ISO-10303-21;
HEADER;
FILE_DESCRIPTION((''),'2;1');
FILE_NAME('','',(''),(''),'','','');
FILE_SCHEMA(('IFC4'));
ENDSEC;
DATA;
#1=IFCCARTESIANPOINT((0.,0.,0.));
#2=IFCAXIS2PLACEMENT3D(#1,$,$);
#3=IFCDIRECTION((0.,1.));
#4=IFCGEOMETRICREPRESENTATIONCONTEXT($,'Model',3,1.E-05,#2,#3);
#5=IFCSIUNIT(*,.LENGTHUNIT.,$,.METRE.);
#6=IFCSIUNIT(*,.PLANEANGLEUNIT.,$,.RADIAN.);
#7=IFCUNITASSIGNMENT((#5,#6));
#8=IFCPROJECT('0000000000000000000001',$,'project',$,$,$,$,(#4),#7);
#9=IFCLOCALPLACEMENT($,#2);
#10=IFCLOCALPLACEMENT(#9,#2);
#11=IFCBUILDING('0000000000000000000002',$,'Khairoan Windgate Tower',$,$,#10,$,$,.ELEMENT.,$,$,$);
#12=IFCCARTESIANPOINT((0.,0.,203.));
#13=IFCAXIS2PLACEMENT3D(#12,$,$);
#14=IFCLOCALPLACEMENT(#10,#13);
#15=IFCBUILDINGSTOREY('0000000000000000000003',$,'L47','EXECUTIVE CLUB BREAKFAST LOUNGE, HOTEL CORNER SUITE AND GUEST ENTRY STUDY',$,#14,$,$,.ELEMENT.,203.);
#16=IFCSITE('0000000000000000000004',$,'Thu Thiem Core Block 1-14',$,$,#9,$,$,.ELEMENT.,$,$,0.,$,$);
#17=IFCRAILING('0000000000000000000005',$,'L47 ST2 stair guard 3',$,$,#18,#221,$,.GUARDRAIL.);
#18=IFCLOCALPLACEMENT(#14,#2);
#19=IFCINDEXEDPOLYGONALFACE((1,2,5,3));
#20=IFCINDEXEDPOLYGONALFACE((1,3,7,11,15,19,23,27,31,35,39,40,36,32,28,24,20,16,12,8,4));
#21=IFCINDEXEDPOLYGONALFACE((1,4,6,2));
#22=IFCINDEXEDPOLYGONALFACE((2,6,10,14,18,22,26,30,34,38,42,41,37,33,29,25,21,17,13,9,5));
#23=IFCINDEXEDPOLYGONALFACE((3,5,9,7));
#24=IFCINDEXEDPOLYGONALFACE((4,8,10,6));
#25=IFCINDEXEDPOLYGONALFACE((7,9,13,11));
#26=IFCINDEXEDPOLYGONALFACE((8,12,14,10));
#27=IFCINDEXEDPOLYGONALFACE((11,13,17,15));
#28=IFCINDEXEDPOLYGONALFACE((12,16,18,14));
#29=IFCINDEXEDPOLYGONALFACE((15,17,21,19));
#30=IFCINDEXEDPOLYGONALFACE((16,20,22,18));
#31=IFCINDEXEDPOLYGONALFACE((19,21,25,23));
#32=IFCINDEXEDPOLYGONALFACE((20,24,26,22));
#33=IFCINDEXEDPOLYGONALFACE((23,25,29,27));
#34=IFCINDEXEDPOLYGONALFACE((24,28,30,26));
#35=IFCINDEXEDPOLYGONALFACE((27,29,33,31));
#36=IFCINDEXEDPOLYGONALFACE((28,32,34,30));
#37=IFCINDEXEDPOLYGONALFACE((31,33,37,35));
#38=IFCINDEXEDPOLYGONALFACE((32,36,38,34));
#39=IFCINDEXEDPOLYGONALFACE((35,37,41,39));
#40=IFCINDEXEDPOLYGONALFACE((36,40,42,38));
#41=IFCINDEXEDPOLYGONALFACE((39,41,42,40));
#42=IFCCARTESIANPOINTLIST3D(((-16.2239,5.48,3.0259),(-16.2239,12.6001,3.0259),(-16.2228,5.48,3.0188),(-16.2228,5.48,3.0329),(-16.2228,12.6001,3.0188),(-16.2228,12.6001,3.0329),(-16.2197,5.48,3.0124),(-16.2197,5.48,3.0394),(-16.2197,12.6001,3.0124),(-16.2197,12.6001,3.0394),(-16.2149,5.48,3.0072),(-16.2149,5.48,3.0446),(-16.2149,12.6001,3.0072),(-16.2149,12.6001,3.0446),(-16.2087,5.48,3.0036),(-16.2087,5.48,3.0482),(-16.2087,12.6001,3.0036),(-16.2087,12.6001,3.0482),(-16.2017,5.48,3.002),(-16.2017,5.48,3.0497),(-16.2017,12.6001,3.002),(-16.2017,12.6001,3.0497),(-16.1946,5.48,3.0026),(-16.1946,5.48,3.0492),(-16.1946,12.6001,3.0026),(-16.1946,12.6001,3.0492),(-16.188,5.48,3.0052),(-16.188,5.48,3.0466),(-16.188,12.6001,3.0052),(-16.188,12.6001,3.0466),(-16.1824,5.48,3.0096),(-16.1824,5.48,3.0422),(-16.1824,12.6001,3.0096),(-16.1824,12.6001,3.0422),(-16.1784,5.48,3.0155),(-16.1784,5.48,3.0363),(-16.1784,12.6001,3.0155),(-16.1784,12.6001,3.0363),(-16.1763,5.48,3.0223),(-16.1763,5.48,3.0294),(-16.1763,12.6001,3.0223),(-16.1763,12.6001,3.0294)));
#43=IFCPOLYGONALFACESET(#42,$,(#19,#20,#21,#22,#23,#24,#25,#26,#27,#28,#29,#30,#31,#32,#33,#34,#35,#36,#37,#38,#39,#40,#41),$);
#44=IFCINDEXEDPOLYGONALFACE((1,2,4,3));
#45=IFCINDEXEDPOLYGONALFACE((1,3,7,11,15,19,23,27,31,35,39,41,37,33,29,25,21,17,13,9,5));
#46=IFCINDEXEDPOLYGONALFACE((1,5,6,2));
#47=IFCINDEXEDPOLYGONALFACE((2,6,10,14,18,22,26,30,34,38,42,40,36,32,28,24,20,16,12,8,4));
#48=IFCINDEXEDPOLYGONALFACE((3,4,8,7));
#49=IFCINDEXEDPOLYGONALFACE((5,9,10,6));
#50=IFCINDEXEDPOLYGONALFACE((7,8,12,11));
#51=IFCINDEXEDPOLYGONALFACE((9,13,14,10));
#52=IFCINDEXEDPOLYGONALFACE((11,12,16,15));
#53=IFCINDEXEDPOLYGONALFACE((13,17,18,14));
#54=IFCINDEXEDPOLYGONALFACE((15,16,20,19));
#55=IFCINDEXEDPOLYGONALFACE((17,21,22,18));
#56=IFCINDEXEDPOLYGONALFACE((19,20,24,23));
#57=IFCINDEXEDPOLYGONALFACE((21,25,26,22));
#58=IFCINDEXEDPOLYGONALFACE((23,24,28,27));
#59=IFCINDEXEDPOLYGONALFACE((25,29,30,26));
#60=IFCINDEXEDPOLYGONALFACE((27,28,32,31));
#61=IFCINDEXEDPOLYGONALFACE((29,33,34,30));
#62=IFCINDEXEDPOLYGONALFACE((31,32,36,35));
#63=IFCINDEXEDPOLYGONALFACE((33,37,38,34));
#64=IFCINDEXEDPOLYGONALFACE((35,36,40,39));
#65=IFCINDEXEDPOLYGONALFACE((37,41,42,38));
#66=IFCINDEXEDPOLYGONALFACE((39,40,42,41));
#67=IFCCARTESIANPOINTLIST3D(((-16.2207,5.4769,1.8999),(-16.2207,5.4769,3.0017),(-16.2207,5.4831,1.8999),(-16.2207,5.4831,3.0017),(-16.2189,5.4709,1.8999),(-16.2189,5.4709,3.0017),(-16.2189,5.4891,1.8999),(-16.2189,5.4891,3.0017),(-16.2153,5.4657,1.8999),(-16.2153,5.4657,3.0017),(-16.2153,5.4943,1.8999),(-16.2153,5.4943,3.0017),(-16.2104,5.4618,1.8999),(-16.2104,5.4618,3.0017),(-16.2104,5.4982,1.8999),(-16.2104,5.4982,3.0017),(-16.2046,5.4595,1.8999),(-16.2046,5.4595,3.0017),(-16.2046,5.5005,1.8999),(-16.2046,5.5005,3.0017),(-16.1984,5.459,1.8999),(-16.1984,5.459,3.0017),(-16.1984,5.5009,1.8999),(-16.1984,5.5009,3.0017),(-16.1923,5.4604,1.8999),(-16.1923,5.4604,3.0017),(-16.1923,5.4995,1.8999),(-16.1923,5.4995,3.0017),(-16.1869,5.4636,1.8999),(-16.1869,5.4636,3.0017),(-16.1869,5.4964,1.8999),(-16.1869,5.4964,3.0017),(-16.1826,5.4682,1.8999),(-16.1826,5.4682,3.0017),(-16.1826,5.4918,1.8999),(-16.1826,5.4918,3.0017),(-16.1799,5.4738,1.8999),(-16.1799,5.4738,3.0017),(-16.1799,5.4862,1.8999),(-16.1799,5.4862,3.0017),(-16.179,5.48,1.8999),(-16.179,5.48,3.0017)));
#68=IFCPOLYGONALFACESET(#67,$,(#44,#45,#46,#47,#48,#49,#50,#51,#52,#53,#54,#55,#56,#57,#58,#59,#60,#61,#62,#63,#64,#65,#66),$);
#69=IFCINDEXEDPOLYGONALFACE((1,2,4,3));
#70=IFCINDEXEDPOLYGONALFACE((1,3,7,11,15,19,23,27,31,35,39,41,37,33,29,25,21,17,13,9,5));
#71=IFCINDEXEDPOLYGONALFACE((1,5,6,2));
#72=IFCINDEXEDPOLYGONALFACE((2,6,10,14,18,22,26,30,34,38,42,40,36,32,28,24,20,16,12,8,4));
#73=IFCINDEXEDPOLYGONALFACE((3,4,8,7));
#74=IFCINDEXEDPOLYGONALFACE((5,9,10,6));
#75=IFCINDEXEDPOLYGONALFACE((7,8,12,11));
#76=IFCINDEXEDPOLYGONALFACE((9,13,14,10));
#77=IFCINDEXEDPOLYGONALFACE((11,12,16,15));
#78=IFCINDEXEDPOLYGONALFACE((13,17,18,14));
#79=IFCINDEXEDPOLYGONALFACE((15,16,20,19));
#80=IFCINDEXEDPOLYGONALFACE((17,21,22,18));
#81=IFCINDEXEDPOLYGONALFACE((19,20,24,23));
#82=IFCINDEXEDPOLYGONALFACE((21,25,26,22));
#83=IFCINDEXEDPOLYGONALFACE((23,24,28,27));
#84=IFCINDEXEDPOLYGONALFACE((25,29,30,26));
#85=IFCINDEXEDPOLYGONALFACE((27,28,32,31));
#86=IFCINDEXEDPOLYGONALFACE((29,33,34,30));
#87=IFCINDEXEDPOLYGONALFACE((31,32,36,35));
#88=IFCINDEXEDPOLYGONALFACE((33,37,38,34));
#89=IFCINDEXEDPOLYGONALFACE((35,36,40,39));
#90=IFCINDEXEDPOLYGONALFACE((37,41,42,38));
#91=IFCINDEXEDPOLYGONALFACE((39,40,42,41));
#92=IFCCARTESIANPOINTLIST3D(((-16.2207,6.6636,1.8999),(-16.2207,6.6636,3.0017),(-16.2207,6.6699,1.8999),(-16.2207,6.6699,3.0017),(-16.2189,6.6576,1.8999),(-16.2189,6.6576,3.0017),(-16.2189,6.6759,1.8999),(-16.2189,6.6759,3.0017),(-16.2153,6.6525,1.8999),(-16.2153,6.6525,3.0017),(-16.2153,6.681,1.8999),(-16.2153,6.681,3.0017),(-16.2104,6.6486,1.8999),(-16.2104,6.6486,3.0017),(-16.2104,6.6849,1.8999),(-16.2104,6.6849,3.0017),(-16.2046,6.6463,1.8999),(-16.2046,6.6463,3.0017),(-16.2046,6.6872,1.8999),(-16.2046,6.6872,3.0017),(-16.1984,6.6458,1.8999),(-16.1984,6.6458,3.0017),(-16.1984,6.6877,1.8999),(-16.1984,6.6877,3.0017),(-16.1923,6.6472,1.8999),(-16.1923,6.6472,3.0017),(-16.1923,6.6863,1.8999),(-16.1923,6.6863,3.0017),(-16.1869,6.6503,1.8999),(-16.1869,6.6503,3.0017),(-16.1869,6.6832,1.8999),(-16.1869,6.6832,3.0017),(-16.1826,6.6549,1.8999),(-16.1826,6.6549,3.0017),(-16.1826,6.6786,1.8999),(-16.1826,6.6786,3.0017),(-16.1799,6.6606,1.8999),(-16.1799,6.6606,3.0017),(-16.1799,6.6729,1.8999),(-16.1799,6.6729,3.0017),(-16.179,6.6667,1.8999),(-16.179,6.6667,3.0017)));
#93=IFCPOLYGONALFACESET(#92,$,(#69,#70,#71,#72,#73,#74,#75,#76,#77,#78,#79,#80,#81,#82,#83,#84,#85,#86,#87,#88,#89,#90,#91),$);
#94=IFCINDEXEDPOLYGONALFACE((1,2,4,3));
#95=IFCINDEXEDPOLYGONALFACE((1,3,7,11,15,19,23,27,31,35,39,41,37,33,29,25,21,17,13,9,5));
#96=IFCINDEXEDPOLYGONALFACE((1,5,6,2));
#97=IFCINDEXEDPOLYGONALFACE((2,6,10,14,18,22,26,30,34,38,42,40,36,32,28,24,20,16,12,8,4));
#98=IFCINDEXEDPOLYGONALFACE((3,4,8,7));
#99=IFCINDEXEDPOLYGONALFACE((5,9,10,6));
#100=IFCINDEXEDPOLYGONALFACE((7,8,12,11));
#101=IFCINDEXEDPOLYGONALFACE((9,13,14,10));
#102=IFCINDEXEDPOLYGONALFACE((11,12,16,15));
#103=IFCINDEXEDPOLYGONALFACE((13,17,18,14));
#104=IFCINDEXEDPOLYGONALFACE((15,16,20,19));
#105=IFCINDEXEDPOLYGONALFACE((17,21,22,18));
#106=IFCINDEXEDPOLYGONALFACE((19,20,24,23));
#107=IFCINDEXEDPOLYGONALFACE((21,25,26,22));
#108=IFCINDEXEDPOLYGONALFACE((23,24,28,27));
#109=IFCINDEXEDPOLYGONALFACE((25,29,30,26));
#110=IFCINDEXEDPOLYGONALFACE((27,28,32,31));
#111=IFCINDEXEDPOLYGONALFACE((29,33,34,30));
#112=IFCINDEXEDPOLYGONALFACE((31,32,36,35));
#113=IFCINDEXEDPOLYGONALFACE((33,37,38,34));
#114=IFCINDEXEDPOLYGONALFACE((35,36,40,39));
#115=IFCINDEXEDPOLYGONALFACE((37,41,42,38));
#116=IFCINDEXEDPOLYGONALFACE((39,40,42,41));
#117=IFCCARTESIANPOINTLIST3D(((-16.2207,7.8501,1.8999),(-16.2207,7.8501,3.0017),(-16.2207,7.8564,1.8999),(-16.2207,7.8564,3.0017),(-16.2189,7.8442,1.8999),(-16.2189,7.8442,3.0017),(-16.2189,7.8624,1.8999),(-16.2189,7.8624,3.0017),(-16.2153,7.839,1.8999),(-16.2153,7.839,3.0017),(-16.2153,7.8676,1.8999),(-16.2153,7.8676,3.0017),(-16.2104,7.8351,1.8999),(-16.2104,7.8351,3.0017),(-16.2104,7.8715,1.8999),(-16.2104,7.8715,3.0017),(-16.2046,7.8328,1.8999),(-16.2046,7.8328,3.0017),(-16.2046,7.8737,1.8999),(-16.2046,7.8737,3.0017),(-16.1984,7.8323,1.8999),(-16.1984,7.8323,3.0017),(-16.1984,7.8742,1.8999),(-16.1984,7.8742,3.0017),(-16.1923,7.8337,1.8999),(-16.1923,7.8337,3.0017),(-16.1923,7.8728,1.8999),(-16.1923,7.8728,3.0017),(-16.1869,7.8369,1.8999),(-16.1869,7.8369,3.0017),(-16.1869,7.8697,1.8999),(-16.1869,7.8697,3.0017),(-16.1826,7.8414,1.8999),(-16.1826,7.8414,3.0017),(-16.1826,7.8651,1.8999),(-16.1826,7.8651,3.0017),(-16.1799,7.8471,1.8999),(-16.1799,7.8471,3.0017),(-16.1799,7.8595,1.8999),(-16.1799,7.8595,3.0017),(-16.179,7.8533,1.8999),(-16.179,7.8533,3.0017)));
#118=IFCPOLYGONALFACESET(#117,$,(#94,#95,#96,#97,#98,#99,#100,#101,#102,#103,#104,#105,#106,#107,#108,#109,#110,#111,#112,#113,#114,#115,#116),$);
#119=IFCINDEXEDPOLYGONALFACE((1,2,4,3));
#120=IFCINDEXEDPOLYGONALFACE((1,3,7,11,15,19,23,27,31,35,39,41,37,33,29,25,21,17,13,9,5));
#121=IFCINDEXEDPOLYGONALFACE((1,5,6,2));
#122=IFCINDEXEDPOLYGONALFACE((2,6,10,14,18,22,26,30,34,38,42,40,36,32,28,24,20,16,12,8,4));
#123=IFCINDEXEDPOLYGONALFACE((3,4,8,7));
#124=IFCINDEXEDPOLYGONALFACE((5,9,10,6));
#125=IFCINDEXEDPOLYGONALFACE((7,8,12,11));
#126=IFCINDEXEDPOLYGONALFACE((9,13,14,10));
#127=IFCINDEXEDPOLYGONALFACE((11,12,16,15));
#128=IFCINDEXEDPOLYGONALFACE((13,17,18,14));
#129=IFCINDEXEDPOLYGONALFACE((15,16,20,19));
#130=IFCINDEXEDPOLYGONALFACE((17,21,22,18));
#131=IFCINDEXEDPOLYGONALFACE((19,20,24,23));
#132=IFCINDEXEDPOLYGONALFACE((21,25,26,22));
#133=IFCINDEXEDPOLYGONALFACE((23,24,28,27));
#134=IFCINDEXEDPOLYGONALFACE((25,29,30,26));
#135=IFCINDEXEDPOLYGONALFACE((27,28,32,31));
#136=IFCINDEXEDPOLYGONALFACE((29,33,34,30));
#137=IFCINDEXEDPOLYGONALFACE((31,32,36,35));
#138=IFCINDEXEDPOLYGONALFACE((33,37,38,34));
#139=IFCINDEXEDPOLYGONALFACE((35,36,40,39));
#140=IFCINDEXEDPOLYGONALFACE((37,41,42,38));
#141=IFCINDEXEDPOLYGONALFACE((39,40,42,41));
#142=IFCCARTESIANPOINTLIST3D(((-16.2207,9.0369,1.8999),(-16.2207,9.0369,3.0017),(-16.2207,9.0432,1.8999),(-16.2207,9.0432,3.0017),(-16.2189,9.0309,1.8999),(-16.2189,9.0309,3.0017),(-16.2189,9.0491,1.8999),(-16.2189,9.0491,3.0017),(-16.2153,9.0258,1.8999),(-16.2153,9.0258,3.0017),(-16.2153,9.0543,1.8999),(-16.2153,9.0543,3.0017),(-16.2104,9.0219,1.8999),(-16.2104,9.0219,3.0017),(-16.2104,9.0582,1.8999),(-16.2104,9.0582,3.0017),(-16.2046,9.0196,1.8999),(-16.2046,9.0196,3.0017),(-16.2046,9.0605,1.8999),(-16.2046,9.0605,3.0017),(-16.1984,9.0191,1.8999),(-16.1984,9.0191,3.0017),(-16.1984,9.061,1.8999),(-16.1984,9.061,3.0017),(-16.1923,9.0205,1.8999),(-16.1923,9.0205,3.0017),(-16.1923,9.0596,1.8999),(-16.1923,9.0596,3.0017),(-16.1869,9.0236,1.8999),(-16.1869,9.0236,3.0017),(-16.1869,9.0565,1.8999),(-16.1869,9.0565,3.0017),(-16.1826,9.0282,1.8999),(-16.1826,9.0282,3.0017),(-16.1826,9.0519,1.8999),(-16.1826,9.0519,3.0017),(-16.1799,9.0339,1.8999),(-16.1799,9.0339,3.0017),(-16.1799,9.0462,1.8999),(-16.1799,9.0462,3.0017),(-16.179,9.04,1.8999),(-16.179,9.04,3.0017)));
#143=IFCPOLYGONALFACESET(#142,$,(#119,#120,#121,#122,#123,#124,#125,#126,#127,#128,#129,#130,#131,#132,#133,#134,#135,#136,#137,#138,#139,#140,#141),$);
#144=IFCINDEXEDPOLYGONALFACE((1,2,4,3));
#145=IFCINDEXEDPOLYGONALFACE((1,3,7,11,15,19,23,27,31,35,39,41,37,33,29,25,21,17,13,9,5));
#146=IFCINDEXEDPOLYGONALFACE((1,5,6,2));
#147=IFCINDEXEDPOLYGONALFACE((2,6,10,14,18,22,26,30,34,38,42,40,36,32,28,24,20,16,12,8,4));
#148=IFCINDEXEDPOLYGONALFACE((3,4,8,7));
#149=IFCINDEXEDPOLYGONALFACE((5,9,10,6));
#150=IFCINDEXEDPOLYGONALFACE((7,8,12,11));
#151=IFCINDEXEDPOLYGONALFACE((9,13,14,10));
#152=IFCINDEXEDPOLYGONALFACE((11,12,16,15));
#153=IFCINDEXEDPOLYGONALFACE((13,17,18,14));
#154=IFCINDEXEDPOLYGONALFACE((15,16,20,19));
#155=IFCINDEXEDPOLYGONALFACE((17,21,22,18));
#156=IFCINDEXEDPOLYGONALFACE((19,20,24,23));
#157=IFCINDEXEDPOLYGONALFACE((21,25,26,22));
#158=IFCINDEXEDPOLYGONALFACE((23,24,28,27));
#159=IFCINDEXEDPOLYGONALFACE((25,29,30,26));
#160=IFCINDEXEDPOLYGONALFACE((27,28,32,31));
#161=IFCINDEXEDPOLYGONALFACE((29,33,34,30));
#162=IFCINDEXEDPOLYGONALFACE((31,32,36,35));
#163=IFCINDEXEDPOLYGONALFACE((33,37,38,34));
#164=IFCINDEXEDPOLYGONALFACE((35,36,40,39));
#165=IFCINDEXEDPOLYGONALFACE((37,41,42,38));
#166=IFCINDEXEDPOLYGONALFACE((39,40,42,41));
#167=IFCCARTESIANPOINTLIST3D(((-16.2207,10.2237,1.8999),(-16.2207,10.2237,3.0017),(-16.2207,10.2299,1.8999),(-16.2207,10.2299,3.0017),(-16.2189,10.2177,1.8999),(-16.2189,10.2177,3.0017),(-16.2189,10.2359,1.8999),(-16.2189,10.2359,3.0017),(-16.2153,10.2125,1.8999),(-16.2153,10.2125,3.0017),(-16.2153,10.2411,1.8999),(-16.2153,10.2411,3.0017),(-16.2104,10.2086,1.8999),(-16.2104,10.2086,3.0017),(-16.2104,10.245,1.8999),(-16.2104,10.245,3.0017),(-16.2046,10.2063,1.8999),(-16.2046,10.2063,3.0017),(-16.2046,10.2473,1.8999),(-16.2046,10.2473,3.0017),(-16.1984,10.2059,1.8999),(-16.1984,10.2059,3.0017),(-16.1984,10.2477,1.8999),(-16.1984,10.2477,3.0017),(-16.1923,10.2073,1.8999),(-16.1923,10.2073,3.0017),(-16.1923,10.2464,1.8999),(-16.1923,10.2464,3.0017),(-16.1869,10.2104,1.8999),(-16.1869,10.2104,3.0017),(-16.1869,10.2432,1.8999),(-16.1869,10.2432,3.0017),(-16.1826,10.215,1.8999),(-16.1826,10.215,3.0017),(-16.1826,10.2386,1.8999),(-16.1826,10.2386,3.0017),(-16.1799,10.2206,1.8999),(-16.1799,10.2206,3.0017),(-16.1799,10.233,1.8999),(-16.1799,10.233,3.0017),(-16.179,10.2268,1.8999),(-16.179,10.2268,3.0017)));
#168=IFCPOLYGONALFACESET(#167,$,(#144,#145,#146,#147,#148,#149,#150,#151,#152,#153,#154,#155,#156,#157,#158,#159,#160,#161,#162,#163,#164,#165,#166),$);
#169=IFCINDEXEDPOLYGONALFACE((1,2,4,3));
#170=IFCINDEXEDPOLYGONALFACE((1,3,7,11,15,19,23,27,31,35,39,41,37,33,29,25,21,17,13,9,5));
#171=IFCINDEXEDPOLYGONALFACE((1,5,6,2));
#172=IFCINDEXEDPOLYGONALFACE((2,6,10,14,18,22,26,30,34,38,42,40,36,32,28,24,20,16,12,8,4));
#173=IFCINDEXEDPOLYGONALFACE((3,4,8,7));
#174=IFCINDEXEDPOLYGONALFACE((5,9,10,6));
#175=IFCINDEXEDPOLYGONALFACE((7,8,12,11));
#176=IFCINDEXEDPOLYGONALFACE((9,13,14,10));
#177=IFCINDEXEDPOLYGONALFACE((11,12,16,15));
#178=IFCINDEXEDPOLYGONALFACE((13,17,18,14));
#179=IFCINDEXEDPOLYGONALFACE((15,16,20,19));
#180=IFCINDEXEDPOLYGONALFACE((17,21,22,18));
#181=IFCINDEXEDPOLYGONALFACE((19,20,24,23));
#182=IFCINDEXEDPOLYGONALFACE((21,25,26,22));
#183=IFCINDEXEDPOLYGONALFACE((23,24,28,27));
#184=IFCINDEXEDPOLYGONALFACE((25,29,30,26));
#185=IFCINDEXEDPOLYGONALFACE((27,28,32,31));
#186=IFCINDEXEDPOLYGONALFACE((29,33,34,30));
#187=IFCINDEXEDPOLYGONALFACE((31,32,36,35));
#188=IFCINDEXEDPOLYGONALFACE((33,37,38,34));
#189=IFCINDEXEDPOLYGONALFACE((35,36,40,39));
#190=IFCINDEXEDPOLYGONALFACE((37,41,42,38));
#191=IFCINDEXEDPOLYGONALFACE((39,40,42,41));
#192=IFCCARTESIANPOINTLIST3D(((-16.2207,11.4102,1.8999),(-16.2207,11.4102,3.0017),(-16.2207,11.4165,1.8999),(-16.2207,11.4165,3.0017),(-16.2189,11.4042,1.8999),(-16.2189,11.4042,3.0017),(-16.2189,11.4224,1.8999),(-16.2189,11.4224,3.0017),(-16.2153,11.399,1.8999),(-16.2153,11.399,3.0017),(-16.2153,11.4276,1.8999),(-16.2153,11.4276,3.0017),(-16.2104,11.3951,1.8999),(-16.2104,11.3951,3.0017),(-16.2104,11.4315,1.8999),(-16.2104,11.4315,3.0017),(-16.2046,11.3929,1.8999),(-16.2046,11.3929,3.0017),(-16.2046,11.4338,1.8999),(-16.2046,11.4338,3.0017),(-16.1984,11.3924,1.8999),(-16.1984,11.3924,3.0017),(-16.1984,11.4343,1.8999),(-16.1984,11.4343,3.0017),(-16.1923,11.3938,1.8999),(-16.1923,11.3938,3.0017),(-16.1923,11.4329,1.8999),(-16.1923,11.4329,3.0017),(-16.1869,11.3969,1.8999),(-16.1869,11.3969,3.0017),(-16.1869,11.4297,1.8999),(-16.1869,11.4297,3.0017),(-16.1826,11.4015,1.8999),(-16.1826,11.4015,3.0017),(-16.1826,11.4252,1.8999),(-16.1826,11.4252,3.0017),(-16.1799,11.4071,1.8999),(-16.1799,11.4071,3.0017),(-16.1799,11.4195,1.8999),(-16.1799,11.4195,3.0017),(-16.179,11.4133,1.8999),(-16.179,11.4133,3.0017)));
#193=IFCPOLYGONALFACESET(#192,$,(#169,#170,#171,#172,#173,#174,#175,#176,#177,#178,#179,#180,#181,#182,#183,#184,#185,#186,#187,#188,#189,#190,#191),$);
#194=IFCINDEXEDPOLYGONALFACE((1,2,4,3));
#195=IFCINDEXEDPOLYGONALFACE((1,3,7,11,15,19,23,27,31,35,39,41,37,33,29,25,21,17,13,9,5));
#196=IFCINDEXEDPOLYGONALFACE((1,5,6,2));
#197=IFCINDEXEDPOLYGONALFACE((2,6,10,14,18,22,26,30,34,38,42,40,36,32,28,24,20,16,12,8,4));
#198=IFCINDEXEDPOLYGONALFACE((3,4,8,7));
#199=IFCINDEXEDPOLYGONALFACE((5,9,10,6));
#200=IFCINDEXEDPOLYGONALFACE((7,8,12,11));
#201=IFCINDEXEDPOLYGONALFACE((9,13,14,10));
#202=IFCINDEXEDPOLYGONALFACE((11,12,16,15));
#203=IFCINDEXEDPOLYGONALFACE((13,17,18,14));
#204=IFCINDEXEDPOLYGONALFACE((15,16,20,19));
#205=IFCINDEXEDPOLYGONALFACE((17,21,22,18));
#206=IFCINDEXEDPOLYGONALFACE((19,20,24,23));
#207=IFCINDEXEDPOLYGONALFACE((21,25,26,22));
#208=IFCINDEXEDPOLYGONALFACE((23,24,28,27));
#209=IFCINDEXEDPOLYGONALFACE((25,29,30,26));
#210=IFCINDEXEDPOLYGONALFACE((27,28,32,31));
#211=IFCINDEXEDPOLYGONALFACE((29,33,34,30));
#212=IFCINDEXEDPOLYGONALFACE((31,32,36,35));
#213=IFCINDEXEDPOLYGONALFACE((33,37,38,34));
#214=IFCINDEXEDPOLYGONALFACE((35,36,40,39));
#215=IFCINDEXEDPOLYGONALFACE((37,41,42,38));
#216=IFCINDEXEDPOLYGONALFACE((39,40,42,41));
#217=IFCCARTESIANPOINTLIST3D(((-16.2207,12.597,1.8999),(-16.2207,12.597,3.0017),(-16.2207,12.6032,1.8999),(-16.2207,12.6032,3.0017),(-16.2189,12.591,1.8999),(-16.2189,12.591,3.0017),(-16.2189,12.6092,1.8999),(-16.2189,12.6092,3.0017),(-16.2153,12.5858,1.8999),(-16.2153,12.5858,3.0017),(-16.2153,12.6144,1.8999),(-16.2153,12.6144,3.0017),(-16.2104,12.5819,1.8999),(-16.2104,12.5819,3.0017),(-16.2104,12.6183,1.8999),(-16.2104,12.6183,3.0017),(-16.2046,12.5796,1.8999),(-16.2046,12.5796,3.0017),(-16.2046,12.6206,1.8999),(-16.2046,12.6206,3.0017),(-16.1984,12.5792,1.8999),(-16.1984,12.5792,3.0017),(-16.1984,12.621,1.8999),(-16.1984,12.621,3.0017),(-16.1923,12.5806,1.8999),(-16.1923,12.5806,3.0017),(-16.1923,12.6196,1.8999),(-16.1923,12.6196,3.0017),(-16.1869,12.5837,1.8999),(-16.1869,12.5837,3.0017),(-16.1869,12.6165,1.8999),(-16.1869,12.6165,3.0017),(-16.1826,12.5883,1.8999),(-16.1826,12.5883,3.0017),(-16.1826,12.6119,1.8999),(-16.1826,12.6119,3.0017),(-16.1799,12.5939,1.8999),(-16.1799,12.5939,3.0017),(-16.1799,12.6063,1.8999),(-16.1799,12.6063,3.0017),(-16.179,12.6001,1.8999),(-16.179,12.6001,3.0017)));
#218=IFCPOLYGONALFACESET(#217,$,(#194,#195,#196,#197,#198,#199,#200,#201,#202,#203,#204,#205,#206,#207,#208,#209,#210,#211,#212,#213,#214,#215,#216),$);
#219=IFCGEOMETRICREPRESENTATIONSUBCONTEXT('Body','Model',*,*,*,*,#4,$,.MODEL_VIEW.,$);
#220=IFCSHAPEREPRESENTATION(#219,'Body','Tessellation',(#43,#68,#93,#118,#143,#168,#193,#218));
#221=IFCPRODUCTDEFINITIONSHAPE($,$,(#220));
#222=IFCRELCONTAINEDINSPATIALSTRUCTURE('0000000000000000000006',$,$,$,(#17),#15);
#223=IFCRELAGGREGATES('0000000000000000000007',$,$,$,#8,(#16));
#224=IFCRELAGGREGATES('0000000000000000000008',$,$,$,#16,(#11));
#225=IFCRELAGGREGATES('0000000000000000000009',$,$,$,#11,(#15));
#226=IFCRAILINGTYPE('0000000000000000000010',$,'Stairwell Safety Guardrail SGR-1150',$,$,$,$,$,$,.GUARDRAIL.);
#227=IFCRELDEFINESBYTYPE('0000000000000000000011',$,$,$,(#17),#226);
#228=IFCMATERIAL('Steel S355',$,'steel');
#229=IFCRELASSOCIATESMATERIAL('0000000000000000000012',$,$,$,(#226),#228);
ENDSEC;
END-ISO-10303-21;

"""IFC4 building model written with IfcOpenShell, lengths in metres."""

from ifc_helpers import new_model, si_unit, direction, frame, origin, origin_2d, place, context, subcontext, project, spatial, circle, extrude, material, type_object, element, save


model = new_model("IFC4")

# Units and contexts
model_context = context("Model", 3, precision=1e-05, world=origin(), true_north=direction((0.0, 1.0)))
body_context = subcontext(model_context, "Body", "Model", "MODEL_VIEW")
ifc_project = project(units=[si_unit("LENGTHUNIT", "METRE"), si_unit("PLANEANGLEUNIT", "RADIAN")], contexts=[model_context])

# Site, building, storey
site_placement = place(None, origin())
site = spatial("IfcSite", under=ifc_project, at=site_placement, Name="Thu Thiem Core Block 1-14", CompositionType="ELEMENT", RefElevation=0.0)
building_placement = place(site_placement, origin())
building = spatial("IfcBuilding", under=site, at=building_placement, Name="Khairoan Windgate Tower", CompositionType="ELEMENT")
storey_placement = place(building_placement, frame((0.0, 0.0, 203.0)))
storey = spatial("IfcBuildingStorey", under=building, at=storey_placement, Name="L47", Description="EXECUTIVE CLUB BREAKFAST LOUNGE, HOTEL CORNER SUITE AND GUEST ENTRY STUDY", CompositionType="ELEMENT", Elevation=203.0)

# Railing
ifc_material_1 = material(Name="Steel S355", Category="steel")
railing_type_1 = type_object("IfcRailingType", Name="Stairwell Safety Guardrail SGR-1150", PredefinedType="GUARDRAIL", material=ifc_material_1)
railing_1_placement = place(storey_placement, frame((-16.2, 5.48, 1.8999)))
element("IfcRailing", 1, at=railing_1_placement, inside=storey, type_object=railing_type_1, Name="L47 ST2 stair guard 3", PredefinedType="GUARDRAIL", context=body_context, shape_type="SweptSolid", body=[
    extrude(circle(Radius=0.0239, at=origin_2d()), frame((0.0, 0.0, 1.126), z_axis=(0.0, 1.0, 0.0), x_axis=(-1.0, 0.0, 0.0)), (0.0, 0.0, 1.0), 7.1201),
    extrude(circle(Radius=0.021, at=origin_2d()), origin(), (0.0, 0.0, 1.0), 1.1018),
    extrude(circle(Radius=0.021, at=origin_2d()), frame((0.0, 1.1868, 0.0)), (0.0, 0.0, 1.0), 1.1018),
    extrude(circle(Radius=0.021, at=origin_2d()), frame((0.0, 2.3733, 0.0)), (0.0, 0.0, 1.0), 1.1018),
    extrude(circle(Radius=0.021, at=origin_2d()), frame((0.0, 3.5601, 0.0)), (0.0, 0.0, 1.0), 1.1018),
    extrude(circle(Radius=0.021, at=origin_2d()), frame((0.0, 4.7468, 0.0)), (0.0, 0.0, 1.0), 1.1018),
    extrude(circle(Radius=0.021, at=origin_2d()), frame((0.0, 5.9333, 0.0)), (0.0, 0.0, 1.0), 1.1018),
    extrude(circle(Radius=0.021, at=origin_2d()), frame((0.0, 7.1201, 0.0)), (0.0, 0.0, 1.0), 1.1018),
])

save(model, "model.ifc")
